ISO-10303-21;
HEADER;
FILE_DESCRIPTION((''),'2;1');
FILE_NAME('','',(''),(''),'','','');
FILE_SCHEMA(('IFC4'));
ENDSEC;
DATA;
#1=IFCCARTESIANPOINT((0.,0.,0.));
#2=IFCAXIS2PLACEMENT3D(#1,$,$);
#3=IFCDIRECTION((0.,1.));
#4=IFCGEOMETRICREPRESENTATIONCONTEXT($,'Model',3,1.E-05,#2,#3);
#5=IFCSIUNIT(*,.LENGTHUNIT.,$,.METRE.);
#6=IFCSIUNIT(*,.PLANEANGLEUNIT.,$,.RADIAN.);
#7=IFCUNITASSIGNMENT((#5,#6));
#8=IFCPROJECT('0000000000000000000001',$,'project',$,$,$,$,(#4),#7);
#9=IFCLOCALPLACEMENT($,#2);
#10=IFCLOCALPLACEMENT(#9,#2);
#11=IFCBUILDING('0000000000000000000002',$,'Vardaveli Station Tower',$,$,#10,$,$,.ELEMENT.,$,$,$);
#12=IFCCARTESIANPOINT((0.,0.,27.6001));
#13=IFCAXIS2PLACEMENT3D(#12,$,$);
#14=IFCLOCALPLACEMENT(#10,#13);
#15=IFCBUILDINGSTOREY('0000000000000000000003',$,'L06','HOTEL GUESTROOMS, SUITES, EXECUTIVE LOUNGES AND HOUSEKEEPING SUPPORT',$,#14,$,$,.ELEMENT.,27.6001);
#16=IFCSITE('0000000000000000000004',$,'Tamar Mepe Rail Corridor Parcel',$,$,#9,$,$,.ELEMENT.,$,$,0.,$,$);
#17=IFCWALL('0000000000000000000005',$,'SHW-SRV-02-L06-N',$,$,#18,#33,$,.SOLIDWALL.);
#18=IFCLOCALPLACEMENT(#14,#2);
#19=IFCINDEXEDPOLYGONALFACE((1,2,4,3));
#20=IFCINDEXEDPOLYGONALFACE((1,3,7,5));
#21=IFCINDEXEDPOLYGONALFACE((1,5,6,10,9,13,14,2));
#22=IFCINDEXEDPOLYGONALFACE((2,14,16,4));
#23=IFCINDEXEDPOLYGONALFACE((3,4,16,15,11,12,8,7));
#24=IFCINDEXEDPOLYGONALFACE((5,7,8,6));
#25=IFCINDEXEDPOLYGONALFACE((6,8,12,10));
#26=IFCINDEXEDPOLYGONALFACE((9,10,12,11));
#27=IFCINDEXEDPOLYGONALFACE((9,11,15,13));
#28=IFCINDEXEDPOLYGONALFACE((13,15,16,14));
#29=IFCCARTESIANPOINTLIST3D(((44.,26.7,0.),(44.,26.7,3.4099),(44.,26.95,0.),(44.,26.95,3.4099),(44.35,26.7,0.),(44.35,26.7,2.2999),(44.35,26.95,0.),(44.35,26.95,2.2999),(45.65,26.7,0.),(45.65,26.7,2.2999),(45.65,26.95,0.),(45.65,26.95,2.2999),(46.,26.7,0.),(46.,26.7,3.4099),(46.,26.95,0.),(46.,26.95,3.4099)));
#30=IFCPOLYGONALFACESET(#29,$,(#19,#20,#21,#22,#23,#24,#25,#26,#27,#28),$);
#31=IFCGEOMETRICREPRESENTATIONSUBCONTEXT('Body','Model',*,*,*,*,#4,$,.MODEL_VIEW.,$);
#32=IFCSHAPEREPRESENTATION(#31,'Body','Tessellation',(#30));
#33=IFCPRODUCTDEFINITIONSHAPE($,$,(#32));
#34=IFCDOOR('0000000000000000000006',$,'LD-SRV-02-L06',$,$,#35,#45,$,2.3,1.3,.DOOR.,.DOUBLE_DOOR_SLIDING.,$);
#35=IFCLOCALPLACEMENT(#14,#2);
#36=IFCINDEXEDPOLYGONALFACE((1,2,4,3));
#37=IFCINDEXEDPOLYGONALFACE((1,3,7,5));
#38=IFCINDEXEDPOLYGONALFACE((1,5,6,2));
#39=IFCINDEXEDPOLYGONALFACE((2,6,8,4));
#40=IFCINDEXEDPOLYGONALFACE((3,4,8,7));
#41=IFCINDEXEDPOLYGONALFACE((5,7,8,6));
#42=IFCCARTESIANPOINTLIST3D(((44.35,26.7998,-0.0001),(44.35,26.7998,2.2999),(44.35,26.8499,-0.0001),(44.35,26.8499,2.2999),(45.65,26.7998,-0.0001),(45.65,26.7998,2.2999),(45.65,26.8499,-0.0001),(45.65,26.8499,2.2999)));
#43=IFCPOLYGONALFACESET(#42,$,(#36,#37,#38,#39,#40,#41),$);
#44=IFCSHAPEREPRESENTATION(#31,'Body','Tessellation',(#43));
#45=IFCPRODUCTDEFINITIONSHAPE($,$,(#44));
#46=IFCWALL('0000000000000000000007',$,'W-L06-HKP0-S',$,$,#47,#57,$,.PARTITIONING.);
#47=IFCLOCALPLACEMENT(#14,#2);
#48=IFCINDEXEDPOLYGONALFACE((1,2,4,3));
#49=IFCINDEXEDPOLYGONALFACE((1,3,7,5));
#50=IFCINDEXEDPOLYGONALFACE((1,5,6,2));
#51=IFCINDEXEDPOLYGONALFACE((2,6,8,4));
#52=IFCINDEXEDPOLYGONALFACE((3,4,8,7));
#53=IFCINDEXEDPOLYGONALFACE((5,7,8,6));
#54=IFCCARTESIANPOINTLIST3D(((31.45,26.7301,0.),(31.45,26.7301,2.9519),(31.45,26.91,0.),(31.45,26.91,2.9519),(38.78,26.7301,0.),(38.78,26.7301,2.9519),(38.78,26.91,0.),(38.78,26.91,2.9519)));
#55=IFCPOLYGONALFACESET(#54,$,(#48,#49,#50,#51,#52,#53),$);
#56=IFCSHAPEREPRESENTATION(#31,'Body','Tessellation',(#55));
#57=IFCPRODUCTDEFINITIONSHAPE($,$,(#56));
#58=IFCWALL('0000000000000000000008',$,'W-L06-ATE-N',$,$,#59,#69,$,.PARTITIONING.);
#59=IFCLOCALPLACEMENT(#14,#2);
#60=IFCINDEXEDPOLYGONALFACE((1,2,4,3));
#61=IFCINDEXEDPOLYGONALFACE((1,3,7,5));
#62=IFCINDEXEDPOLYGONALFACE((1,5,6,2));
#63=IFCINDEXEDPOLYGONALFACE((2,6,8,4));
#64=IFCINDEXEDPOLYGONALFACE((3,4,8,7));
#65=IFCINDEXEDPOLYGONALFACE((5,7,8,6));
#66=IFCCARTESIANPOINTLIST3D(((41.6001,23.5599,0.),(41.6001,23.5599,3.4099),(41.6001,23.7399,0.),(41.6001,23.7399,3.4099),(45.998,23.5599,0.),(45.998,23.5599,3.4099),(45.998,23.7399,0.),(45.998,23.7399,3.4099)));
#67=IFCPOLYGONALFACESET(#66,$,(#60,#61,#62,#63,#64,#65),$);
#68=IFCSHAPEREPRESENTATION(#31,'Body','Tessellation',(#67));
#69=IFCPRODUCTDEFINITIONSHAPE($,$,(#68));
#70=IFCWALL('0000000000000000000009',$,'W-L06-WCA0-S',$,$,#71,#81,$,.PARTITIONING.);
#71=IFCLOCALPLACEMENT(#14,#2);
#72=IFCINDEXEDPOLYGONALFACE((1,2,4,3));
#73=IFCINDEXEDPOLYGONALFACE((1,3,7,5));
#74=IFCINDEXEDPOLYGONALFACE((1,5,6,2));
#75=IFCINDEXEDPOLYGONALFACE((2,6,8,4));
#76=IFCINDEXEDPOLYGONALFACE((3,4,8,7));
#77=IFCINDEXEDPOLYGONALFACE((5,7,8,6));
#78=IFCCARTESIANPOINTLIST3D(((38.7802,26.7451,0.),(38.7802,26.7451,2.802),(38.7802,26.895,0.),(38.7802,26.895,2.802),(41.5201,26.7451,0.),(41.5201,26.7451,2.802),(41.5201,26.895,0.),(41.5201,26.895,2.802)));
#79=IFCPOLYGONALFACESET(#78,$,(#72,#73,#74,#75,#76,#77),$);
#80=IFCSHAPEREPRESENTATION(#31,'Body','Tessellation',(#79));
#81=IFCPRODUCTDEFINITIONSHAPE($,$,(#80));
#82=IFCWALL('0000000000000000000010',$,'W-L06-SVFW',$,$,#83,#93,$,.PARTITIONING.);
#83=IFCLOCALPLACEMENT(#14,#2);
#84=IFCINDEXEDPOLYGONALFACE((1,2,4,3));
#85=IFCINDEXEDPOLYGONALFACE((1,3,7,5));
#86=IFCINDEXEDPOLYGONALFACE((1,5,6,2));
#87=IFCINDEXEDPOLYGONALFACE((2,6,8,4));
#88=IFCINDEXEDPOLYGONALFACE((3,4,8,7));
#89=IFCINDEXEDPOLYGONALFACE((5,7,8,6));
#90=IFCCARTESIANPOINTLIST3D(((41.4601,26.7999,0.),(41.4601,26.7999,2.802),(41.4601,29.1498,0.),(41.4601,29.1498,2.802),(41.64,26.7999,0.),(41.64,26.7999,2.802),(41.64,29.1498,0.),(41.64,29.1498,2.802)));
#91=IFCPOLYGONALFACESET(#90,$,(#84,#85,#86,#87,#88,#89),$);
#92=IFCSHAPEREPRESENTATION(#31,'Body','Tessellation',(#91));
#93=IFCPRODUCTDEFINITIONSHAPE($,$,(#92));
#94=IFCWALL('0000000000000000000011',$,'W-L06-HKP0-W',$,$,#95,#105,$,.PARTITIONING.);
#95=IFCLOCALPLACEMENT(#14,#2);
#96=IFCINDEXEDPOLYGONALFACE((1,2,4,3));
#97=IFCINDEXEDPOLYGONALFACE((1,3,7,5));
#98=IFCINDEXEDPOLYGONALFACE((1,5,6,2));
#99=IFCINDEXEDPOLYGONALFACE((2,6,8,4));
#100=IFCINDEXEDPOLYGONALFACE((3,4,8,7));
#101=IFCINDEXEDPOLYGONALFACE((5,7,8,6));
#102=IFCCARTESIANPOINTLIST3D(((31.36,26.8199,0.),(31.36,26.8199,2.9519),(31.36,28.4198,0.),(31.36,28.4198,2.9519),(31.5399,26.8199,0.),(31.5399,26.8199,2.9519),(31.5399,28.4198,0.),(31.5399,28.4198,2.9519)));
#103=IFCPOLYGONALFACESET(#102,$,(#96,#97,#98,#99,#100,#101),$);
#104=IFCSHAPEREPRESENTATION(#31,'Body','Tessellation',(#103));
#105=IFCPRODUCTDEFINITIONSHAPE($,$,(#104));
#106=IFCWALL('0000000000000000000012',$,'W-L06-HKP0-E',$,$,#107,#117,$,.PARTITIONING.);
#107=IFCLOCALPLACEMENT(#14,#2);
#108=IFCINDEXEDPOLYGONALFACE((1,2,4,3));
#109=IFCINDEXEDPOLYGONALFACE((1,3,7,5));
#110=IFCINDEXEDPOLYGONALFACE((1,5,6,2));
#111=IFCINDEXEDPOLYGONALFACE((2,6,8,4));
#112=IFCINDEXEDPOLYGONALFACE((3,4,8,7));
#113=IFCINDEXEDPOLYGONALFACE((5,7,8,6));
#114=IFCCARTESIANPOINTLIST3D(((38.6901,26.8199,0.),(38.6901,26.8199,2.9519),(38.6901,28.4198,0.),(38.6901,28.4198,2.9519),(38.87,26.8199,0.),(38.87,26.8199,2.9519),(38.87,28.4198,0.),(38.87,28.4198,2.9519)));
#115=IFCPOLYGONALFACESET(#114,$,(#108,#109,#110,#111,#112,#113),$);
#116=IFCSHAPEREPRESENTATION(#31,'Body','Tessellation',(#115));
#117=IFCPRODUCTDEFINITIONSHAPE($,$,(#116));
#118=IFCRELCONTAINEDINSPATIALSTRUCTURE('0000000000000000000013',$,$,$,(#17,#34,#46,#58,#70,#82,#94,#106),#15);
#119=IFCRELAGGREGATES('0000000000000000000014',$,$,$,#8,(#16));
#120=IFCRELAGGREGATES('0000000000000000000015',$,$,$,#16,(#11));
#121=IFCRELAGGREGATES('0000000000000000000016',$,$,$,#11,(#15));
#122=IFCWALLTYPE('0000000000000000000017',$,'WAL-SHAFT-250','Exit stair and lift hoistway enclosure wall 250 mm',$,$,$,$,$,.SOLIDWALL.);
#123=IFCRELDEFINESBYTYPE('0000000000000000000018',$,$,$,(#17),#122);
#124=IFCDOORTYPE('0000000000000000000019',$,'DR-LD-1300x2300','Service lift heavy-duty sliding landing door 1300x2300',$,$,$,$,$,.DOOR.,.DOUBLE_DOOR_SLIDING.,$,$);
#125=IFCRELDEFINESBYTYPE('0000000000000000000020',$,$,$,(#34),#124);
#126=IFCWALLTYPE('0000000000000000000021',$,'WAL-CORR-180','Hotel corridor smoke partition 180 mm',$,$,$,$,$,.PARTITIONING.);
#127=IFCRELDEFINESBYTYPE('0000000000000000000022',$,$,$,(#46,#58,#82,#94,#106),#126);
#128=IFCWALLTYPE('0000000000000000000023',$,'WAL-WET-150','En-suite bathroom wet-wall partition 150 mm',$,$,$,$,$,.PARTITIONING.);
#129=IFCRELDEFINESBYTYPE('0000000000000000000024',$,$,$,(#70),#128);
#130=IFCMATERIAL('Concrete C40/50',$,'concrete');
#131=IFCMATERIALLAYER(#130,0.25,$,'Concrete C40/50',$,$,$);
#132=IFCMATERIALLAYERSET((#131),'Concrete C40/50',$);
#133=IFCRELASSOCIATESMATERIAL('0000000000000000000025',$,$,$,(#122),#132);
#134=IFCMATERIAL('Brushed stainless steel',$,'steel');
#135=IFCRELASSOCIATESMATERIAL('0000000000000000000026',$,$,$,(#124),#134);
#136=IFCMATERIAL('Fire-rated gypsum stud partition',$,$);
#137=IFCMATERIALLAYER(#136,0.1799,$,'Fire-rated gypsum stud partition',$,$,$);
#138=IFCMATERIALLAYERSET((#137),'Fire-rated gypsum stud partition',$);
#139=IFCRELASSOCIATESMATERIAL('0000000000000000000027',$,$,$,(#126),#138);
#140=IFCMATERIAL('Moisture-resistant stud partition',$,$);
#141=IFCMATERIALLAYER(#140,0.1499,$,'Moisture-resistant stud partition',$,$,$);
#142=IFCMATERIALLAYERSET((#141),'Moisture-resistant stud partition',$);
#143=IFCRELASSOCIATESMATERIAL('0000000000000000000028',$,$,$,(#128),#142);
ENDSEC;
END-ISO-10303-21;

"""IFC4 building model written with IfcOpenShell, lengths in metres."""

from ifc_helpers import new_model, si_unit, direction, frame, frame_2d, origin, place, context, subcontext, project, spatial, rectangle, extrude, source, transform, mapped, material, layer, layer_set, type_object, element, fill, save


model = new_model("IFC4")

# Units and contexts
model_context = context("Model", 3, precision=1e-05, world=origin(), true_north=direction((0.0, 1.0)))
body_context = subcontext(model_context, "Body", "Model", "MODEL_VIEW")
ifc_project = project(units=[si_unit("LENGTHUNIT", "METRE"), si_unit("PLANEANGLEUNIT", "RADIAN")], contexts=[model_context])

# Site, building, storey
site_placement = place(None, origin())
site = spatial("IfcSite", under=ifc_project, at=site_placement, Name="Tamar Mepe Rail Corridor Parcel", CompositionType="ELEMENT", RefElevation=0.0)
building_placement = place(site_placement, origin())
building = spatial("IfcBuilding", under=site, at=building_placement, Name="Vardaveli Station Tower", CompositionType="ELEMENT")
storey_placement = place(building_placement, frame((0.0, 0.0, 27.6001)))
storey = spatial("IfcBuildingStorey", under=building, at=storey_placement, Name="L06", Description="HOTEL GUESTROOMS, SUITES, EXECUTIVE LOUNGES AND HOUSEKEEPING SUPPORT", CompositionType="ELEMENT", Elevation=27.6001)

# Shared definitions
ifc_material_1 = material(Name="Concrete C40/50", Category="concrete")
ifc_layer_1 = layer(ifc_material_1, 0.25, Name="Concrete C40/50")
ifc_layer_set_1 = layer_set([ifc_layer_1], Name="Concrete C40/50")
wall_type_1 = type_object("IfcWallType", Name="WAL-SHAFT-250", Description="Exit stair and lift hoistway enclosure wall 250 mm", PredefinedType="SOLIDWALL", material=ifc_layer_set_1)

# Shared definitions
shared_shape_1 = source(origin(), body_context, "Body", "SweptSolid", [
    extrude(rectangle(XDim=1.3, YDim=2.3, at=frame_2d((0.6499, 1.1499))), frame((0.0, 0.135, 0.0), z_axis=(0.0, -1.0, 0.0), x_axis=(1.0, 0.0, 0.0)), (0.0, 0.0, 1.0), 0.27),
])
ifc_material_2 = material(Name="Brushed stainless steel", Category="steel")
door_type = type_object("IfcDoorType", Name="DR-LD-1300x2300", Description="Service lift heavy-duty sliding landing door 1300x2300", OperationType="DOUBLE_DOOR_SLIDING", PredefinedType="DOOR", material=ifc_material_2)
shared_shape_2 = source(origin(), body_context, "Body", "SweptSolid", [
    extrude(rectangle(XDim=1.3, YDim=2.3, at=frame_2d((0.6499, 1.1499))), frame((0.0, 0.0249, 0.0), z_axis=(0.0, -1.0, 0.0), x_axis=(1.0, 0.0, 0.0)), (0.0, 0.0, 1.0), 0.05),
])

# Shared definitions
shared_shape_3 = source(origin(), body_context, "Body", "SweptSolid", [
    extrude(rectangle(XDim=2.0, YDim=0.25, at=frame_2d((1.0, 0.0))), origin(), (0.0, 0.0, 1.0), 3.4099),
])

# Wall, opening, door
wall_1_placement = place(storey_placement, frame((44.0, 26.825, 0.0), z_axis=(0.0, 0.0, 1.0), x_axis=(1.0, 0.0, 0.0)))
wall_1 = element("IfcWall", 1, at=wall_1_placement, inside=storey, type_object=wall_type_1, Name="SHW-SRV-02-L06-N", PredefinedType="SOLIDWALL", context=body_context, shape_type="MappedRepresentation", body=[
    mapped(shared_shape_3, transform((0.0, 0.0, 0.0), scale=1.0)),
])
opening_1_placement = place(wall_1_placement, frame((0.3501, 0.0, 0.0)))
opening_1 = element("IfcOpeningElement", 2, at=opening_1_placement, cuts=wall_1, PredefinedType="OPENING", context=body_context, shape_type="MappedRepresentation", body=[
    mapped(shared_shape_1, transform((0.0, 0.0, 0.0), scale=1.0)),
])
door_1_placement = place(opening_1_placement, origin())
door_1 = element("IfcDoor", 3, at=door_1_placement, inside=storey, type_object=door_type, Name="LD-SRV-02-L06", OperationType="DOUBLE_DOOR_SLIDING", OverallHeight=2.3, OverallWidth=1.3, PredefinedType="DOOR", context=body_context, shape_type="MappedRepresentation", body=[
    mapped(shared_shape_2, transform((0.0, 0.0, 0.0), scale=1.0)),
])
fill(opening_1, door_1)

# Walls
ifc_material_3 = material(Name="Fire-rated gypsum stud partition")
ifc_layer_2 = layer(ifc_material_3, 0.1799, Name="Fire-rated gypsum stud partition")
ifc_layer_set_2 = layer_set([ifc_layer_2], Name="Fire-rated gypsum stud partition")
wall_type_2 = type_object("IfcWallType", Name="WAL-CORR-180", Description="Hotel corridor smoke partition 180 mm", PredefinedType="PARTITIONING", material=ifc_layer_set_2)
shared_shape_4 = source(origin(), body_context, "Body", "SweptSolid", [
    extrude(rectangle(XDim=7.3301, YDim=0.1799, at=frame_2d((3.665, 0.0))), origin(), (0.0, 0.0, 1.0), 2.9519),
])
wall_2_placement = place(storey_placement, frame((31.45, 26.8201, 0.0), z_axis=(0.0, 0.0, 1.0), x_axis=(1.0, 0.0, 0.0)))
element("IfcWall", 4, at=wall_2_placement, inside=storey, type_object=wall_type_2, Name="W-L06-HKP0-S", PredefinedType="PARTITIONING", context=body_context, shape_type="MappedRepresentation", body=[
    mapped(shared_shape_4, transform((0.0, 0.0, 0.0), scale=1.0)),
])
shared_shape_5 = source(origin(), body_context, "Body", "SweptSolid", [
    extrude(rectangle(XDim=4.3979, YDim=0.1799, at=frame_2d((2.199, 0.0))), origin(), (0.0, 0.0, 1.0), 3.4099),
])
wall_3_placement = place(storey_placement, frame((41.6001, 23.6499, 0.0), z_axis=(0.0, 0.0, 1.0), x_axis=(1.0, 0.0, 0.0)))
element("IfcWall", 5, at=wall_3_placement, inside=storey, type_object=wall_type_2, Name="W-L06-ATE-N", PredefinedType="PARTITIONING", context=body_context, shape_type="MappedRepresentation", body=[
    mapped(shared_shape_5, transform((0.0, 0.0, 0.0), scale=1.0)),
])
ifc_material_4 = material(Name="Moisture-resistant stud partition")
ifc_layer_3 = layer(ifc_material_4, 0.1499, Name="Moisture-resistant stud partition")
ifc_layer_set_3 = layer_set([ifc_layer_3], Name="Moisture-resistant stud partition")
wall_type_3 = type_object("IfcWallType", Name="WAL-WET-150", Description="En-suite bathroom wet-wall partition 150 mm", PredefinedType="PARTITIONING", material=ifc_layer_set_3)
shared_shape_6 = source(origin(), body_context, "Body", "SweptSolid", [
    extrude(rectangle(XDim=2.74, YDim=0.1499, at=frame_2d((1.3701, 0.0))), origin(), (0.0, 0.0, 1.0), 2.802),
])
wall_4_placement = place(storey_placement, frame((38.78, 26.8201, 0.0), z_axis=(0.0, 0.0, 1.0), x_axis=(1.0, 0.0, 0.0)))
element("IfcWall", 6, at=wall_4_placement, inside=storey, type_object=wall_type_3, Name="W-L06-WCA0-S", PredefinedType="PARTITIONING", context=body_context, shape_type="MappedRepresentation", body=[
    mapped(shared_shape_6, transform((0.0, 0.0, 0.0), scale=1.0)),
])
shared_shape_7 = source(origin(), body_context, "Body", "SweptSolid", [
    extrude(rectangle(XDim=2.3499, YDim=0.1799, at=frame_2d((1.1748, 0.0))), origin(), (0.0, 0.0, 1.0), 2.802),
])
wall_5_placement = place(storey_placement, frame((41.55, 26.8, 0.0), z_axis=(0.0, 0.0, 1.0), x_axis=(0.0, 1.0, 0.0)))
element("IfcWall", 7, at=wall_5_placement, inside=storey, type_object=wall_type_2, Name="W-L06-SVFW", PredefinedType="PARTITIONING", context=body_context, shape_type="MappedRepresentation", body=[
    mapped(shared_shape_7, transform((0.0, 0.0, 0.0), scale=1.0)),
])
shared_shape_8 = source(origin(), body_context, "Body", "SweptSolid", [
    extrude(rectangle(XDim=1.5999, YDim=0.1799, at=frame_2d((0.7998, 0.0))), origin(), (0.0, 0.0, 1.0), 2.9519),
])
for number, where, z_axis, x_axis, name in (
    (8, (31.45, 26.8201, 0.0), (0.0, 0.0, 1.0), (0.0, 1.0, 0.0), "W-L06-HKP0-W"),
    (9, (38.78, 26.8201, 0.0), (0.0, 0.0, 1.0), (0.0, 1.0, 0.0), "W-L06-HKP0-E"),
):
    element("IfcWall", number, at=place(storey_placement, frame(where, z_axis=z_axis, x_axis=x_axis)), inside=storey, type_object=wall_type_2, Name=name, PredefinedType="PARTITIONING", context=body_context, shape_type="MappedRepresentation", body=[
        mapped(shared_shape_8, transform((0.0, 0.0, 0.0), scale=1.0)),
    ])

save(model, "model.ifc")
